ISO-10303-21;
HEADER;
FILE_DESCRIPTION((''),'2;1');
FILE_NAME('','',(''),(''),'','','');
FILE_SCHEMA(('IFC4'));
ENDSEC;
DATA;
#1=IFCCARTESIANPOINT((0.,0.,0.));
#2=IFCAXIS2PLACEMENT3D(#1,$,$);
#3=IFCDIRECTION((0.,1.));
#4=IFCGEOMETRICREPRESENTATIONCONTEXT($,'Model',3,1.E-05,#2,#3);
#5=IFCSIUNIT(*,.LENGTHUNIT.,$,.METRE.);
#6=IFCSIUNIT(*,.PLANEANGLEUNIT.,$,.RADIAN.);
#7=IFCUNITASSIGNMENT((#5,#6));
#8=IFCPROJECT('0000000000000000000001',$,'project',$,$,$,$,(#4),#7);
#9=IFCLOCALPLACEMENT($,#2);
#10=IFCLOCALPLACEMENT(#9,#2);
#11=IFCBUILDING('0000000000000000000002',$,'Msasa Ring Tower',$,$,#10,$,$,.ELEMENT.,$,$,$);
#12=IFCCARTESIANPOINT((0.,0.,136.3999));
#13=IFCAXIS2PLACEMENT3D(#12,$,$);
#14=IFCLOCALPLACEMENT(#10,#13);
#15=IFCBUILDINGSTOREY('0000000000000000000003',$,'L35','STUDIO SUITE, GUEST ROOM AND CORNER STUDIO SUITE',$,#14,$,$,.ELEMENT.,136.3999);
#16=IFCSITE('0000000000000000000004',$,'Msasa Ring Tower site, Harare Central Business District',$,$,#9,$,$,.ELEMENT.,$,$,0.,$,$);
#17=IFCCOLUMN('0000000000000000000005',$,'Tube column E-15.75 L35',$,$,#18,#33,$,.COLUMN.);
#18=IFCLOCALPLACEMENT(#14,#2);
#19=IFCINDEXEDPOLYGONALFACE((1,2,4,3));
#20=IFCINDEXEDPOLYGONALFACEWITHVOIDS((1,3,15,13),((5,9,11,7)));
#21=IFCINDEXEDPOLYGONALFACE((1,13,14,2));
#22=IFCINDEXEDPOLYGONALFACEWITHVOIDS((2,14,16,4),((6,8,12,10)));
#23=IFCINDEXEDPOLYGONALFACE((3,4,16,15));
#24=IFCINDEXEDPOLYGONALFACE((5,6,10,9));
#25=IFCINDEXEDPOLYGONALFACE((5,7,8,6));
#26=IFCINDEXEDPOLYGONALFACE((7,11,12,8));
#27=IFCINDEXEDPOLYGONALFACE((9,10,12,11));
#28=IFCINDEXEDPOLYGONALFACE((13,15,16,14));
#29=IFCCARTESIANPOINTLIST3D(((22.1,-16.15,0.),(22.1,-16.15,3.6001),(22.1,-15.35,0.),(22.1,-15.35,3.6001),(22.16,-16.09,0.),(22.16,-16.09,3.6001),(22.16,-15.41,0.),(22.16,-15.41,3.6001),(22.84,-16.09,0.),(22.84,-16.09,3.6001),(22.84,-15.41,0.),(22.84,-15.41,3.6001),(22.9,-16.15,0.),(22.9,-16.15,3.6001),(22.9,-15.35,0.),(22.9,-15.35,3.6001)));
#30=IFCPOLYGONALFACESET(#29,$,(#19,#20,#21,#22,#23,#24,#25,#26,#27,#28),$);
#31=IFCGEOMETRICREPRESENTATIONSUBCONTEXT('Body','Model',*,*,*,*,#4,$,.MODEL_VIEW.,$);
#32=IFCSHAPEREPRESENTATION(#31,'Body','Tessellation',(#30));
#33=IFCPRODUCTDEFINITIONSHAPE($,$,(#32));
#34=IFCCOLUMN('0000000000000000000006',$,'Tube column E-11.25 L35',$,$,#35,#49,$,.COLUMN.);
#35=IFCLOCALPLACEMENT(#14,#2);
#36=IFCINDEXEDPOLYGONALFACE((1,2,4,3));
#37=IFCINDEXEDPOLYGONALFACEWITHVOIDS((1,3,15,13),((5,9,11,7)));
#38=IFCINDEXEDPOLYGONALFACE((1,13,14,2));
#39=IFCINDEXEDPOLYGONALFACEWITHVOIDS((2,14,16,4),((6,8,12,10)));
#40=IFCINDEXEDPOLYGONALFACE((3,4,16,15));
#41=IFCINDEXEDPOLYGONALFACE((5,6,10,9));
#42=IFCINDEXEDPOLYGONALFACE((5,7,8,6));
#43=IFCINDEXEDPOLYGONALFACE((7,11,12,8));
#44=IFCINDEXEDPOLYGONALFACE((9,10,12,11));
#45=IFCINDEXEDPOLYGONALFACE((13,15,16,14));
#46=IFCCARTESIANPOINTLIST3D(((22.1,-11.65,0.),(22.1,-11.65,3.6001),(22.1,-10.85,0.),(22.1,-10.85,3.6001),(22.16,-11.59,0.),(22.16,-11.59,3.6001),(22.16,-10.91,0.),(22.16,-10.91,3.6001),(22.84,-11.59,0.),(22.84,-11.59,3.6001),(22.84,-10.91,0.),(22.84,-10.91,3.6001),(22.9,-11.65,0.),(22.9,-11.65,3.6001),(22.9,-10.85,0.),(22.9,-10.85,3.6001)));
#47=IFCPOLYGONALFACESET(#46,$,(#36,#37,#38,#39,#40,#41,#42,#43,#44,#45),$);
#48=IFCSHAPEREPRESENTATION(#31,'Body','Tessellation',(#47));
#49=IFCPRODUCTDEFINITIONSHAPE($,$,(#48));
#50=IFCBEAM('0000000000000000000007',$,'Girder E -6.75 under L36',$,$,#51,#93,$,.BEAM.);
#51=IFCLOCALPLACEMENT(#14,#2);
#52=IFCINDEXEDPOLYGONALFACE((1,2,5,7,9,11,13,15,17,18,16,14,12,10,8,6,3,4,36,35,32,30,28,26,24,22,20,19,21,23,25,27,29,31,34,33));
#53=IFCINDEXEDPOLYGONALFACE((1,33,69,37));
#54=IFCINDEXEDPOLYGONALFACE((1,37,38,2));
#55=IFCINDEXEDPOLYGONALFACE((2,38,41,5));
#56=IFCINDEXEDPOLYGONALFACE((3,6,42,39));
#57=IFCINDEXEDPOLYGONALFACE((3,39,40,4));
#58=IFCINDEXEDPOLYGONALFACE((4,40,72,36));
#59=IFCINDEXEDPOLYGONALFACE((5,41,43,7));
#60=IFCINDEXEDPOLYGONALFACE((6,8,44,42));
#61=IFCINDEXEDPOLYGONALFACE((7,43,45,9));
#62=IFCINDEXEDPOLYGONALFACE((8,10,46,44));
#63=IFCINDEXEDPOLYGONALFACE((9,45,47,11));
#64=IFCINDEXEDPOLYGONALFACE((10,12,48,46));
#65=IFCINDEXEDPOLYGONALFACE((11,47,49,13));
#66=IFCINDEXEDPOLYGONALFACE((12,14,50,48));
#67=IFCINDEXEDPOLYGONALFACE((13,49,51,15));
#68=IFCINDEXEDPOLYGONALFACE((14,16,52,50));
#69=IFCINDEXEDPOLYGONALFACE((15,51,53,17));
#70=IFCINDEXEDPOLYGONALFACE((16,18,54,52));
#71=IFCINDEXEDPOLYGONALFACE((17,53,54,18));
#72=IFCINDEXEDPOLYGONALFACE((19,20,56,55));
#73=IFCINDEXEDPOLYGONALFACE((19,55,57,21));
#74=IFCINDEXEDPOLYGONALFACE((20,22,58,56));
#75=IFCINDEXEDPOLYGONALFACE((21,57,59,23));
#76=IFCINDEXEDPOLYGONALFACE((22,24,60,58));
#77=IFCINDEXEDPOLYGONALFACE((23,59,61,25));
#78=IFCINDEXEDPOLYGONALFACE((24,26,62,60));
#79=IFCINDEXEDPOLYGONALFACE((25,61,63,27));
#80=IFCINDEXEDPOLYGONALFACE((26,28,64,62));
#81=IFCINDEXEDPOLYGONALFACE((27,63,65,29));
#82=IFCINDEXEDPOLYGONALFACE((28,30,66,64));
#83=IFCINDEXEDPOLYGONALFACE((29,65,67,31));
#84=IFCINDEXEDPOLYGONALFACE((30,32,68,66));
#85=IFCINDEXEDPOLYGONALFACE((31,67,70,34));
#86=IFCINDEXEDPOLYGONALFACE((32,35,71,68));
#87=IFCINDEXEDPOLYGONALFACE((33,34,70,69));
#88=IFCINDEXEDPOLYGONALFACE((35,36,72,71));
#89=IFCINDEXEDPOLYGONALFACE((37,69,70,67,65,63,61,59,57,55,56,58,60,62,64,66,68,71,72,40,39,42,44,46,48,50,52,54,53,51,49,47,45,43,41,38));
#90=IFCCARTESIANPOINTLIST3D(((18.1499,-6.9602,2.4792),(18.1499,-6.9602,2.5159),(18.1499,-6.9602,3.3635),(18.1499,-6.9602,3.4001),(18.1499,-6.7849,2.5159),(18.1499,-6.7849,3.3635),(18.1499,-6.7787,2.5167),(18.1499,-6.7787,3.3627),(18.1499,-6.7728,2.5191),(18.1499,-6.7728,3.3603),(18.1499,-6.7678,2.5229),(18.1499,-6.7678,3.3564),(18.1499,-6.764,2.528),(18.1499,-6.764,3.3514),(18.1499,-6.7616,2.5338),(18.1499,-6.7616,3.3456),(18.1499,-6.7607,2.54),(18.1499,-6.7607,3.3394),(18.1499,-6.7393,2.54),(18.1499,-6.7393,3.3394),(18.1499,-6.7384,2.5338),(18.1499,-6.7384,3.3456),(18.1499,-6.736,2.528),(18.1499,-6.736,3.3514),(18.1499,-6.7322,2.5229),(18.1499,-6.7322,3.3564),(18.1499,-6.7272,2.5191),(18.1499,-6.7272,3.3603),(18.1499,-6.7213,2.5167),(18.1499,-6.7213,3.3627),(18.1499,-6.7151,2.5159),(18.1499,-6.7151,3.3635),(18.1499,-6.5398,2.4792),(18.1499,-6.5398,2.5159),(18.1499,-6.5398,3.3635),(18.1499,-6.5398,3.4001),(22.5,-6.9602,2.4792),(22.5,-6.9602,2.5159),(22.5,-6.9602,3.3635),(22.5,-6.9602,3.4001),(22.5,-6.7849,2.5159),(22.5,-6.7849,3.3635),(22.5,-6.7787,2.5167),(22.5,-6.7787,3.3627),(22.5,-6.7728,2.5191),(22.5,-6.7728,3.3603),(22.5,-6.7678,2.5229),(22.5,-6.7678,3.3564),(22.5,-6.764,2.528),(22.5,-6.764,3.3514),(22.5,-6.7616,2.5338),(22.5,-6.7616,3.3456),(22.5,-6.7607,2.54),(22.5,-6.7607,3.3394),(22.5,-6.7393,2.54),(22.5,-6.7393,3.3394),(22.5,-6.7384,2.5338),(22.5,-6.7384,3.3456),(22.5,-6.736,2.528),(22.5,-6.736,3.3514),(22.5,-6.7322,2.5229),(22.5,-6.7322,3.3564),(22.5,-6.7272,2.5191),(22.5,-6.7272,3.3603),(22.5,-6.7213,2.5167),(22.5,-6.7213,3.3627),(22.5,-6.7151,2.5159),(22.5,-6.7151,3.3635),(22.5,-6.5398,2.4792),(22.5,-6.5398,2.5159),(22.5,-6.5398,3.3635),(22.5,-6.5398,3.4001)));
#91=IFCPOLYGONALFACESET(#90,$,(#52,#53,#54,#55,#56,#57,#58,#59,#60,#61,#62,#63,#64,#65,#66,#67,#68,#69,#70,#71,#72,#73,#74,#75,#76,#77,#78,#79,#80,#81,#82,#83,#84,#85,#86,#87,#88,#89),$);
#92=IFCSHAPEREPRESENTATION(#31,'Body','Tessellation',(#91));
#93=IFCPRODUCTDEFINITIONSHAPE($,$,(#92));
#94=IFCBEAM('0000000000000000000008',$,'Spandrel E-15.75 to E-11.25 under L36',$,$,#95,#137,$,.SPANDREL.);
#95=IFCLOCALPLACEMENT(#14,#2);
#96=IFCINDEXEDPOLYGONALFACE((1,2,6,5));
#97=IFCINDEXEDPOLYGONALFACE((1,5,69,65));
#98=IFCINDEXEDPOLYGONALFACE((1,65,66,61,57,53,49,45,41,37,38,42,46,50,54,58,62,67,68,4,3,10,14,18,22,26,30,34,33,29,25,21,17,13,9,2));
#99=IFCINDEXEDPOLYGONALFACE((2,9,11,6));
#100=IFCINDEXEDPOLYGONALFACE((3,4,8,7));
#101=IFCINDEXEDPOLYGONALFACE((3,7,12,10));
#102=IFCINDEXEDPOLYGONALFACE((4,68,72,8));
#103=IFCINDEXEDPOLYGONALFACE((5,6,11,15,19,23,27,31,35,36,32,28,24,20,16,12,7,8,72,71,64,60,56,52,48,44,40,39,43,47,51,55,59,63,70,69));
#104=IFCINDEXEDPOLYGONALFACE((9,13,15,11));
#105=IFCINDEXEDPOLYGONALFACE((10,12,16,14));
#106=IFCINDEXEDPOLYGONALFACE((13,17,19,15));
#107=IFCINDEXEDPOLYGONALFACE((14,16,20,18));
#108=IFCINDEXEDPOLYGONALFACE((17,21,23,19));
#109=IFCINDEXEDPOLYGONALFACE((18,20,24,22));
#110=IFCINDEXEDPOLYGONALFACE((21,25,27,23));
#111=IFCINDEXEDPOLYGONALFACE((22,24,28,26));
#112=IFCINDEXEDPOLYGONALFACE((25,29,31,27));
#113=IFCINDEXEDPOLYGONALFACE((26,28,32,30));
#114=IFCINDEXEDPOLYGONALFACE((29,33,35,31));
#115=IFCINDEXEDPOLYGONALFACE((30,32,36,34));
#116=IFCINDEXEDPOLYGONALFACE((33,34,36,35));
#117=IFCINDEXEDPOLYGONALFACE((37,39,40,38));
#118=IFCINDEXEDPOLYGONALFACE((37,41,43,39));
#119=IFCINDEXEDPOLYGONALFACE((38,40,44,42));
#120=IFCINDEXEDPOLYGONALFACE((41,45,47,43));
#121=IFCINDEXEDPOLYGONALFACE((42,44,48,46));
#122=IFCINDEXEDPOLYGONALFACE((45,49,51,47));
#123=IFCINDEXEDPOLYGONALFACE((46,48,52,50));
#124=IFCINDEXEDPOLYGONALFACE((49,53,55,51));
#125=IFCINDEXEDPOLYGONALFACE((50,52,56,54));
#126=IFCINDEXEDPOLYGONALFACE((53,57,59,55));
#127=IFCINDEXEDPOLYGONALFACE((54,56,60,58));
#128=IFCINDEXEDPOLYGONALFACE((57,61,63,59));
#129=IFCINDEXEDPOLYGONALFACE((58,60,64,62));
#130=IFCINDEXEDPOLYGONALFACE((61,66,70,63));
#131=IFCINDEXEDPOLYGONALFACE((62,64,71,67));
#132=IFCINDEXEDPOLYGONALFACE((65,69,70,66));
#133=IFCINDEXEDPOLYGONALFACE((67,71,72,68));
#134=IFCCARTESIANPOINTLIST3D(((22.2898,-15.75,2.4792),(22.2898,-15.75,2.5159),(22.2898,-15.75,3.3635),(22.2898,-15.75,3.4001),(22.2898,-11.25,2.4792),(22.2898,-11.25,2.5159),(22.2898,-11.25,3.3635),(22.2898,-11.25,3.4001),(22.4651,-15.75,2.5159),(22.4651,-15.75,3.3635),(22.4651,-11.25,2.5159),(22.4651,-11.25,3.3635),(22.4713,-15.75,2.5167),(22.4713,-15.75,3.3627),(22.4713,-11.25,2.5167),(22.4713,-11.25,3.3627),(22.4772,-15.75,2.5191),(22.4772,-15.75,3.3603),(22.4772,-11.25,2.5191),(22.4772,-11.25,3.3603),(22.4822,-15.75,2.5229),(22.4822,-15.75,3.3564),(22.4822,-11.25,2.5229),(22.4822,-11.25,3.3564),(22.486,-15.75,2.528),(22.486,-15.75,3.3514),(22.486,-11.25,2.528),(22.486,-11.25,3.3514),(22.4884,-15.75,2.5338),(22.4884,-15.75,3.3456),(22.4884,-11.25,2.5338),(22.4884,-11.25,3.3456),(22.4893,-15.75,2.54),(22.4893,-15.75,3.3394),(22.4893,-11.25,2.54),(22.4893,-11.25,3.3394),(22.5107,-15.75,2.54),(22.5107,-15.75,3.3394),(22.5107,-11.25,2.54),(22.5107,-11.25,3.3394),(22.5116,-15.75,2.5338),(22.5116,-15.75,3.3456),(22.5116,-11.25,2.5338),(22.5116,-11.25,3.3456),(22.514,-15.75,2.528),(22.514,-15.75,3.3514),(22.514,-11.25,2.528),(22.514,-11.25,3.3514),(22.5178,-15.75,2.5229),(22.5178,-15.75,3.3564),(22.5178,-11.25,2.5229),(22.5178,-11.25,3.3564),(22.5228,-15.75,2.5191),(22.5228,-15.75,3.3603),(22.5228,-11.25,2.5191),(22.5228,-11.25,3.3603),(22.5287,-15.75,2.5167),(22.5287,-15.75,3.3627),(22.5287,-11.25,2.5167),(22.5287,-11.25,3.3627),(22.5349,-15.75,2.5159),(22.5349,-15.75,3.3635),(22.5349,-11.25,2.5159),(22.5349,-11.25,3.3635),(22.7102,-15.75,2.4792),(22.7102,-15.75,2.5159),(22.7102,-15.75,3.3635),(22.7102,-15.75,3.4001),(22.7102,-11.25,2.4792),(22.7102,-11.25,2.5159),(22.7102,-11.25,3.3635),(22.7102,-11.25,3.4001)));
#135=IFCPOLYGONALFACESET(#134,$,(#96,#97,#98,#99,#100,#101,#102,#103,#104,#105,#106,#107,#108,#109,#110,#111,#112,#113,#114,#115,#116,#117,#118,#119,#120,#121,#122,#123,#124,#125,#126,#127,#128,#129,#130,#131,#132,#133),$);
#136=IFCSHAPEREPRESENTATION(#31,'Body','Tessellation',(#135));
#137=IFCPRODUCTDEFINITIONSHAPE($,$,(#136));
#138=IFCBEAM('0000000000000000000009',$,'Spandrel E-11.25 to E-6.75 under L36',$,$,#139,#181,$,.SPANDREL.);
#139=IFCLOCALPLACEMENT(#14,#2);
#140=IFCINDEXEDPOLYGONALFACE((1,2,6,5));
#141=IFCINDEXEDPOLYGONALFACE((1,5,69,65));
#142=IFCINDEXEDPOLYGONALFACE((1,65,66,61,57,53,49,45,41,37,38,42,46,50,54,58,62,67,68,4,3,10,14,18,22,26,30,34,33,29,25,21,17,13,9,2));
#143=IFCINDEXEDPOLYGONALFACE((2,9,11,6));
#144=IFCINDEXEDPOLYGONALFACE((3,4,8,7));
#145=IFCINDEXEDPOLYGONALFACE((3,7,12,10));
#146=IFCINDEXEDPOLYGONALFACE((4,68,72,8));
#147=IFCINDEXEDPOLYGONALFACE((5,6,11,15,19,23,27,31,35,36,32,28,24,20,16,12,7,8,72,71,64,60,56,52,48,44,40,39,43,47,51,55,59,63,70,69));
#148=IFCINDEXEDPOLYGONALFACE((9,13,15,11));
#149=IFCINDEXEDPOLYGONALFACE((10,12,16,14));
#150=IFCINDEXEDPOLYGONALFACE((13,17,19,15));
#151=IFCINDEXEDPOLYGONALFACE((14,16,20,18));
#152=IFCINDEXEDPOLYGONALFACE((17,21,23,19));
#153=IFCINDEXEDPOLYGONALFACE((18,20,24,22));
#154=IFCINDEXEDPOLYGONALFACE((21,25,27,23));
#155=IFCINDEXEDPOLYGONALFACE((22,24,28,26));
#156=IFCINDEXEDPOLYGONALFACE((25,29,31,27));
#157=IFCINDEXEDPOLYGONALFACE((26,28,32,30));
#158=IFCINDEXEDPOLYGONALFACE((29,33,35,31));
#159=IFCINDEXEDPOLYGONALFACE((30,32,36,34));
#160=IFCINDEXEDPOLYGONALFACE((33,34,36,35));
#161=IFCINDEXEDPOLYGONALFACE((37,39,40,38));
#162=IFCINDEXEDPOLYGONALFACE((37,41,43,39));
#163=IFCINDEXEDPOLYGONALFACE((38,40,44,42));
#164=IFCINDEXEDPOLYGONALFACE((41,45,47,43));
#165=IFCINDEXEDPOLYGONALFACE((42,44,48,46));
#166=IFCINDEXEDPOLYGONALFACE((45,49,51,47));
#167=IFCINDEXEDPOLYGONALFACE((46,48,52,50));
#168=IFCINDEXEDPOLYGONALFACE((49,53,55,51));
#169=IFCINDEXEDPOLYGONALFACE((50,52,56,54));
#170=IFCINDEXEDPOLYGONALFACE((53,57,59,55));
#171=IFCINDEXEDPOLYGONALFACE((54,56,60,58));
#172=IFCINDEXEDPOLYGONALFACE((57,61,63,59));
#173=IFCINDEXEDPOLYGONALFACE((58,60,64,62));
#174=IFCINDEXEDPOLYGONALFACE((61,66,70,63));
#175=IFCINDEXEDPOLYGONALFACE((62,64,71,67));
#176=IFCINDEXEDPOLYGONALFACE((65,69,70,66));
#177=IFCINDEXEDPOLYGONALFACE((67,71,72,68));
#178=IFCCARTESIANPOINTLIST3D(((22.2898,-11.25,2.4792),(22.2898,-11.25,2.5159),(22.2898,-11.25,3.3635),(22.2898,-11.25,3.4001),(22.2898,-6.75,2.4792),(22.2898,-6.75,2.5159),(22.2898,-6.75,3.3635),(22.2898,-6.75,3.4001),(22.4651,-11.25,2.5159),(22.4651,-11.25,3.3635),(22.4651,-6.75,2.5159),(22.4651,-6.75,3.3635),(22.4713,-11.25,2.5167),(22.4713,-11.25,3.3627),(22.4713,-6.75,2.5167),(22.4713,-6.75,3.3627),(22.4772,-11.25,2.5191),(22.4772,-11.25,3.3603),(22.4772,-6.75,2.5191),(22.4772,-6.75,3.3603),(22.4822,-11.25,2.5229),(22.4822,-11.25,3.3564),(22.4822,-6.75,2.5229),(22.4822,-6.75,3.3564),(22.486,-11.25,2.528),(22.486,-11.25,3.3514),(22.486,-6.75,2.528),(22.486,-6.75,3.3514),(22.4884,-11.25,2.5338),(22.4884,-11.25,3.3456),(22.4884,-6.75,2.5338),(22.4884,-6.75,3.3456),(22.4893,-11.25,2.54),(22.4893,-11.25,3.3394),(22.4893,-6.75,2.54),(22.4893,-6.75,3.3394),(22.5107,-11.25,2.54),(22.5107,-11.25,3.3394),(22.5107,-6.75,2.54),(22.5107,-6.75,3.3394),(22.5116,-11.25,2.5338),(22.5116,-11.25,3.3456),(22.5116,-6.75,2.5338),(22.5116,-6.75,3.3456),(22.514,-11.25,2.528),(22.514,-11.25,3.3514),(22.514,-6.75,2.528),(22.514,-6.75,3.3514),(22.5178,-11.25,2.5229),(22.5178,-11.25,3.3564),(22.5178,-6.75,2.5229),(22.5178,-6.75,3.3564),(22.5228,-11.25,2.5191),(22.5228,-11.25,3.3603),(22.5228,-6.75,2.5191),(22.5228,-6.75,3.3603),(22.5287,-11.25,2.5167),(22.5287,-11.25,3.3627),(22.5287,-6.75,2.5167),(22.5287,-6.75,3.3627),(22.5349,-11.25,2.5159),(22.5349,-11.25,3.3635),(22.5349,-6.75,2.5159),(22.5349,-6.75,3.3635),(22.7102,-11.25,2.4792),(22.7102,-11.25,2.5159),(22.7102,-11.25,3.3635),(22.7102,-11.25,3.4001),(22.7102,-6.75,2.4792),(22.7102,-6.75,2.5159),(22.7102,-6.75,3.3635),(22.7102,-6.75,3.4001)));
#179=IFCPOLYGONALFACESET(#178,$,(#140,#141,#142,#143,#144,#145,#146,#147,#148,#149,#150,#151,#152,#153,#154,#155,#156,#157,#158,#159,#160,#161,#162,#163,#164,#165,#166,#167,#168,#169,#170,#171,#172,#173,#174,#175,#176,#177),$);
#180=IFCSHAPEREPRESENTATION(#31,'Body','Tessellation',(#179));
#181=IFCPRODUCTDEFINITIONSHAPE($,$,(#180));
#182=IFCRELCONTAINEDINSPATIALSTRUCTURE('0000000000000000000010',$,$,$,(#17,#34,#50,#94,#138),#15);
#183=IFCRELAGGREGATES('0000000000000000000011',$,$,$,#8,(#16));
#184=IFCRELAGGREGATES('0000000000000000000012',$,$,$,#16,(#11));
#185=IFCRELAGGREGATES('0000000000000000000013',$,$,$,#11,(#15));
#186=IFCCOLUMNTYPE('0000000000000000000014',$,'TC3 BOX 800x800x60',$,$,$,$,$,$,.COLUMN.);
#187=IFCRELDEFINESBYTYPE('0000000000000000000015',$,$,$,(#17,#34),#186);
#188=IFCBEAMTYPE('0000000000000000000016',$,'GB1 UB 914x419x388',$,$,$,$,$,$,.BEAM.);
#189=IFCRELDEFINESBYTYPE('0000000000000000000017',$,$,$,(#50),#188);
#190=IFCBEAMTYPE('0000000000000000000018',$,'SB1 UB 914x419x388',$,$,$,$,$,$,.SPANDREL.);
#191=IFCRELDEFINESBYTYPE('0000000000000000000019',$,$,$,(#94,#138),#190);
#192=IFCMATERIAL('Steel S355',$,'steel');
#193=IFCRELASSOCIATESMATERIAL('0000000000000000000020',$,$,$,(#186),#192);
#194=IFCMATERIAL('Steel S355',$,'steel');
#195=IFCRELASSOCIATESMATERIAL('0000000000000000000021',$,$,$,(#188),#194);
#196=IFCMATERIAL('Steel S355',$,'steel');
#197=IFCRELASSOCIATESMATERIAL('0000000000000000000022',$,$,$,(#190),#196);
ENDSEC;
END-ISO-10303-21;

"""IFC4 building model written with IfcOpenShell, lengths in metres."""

from ifc_helpers import new_model, si_unit, direction, frame, origin, origin_2d, place, context, subcontext, project, spatial, hollow_rectangle, i_section, extrude, material, material_profile, profile_set, type_object, element, save


model = new_model("IFC4")

# Units and contexts
model_context = context("Model", 3, precision=1e-05, world=origin(), true_north=direction((0.0, 1.0)))
body_context = subcontext(model_context, "Body", "Model", "MODEL_VIEW")
ifc_project = project(units=[si_unit("LENGTHUNIT", "METRE"), si_unit("PLANEANGLEUNIT", "RADIAN")], contexts=[model_context])

# Site, building, storey
site_placement = place(None, origin())
site = spatial("IfcSite", under=ifc_project, at=site_placement, Name="Msasa Ring Tower site, Harare Central Business District", CompositionType="ELEMENT", RefElevation=0.0)
building_placement = place(site_placement, origin())
building = spatial("IfcBuilding", under=site, at=building_placement, Name="Msasa Ring Tower", CompositionType="ELEMENT")
storey_placement = place(building_placement, frame((0.0, 0.0, 136.3999)))
storey = spatial("IfcBuildingStorey", under=building, at=storey_placement, Name="L35", Description="STUDIO SUITE, GUEST ROOM AND CORNER STUDIO SUITE", CompositionType="ELEMENT", Elevation=136.3999)

# Columns
ifc_material_1 = material(Name="Steel S355", Category="steel")
ifc_material_profile_1 = material_profile(ifc_material_1, hollow_rectangle(XDim=0.8, YDim=0.8, WallThickness=0.0601, at=origin_2d()), Name="BOX 800x800x60")
ifc_profile_set_1 = profile_set([ifc_material_profile_1], Name="Steel S355")
column_type = type_object("IfcColumnType", Name="TC3 BOX 800x800x60", PredefinedType="COLUMN", material=ifc_profile_set_1)
for number, where, z_axis, x_axis, name in (
    (1, (22.5, -15.75, 0.0), (0.0, 0.0, 1.0), (1.0, 0.0, 0.0), "Tube column E-15.75 L35"),
    (2, (22.5, -11.25, 0.0), (0.0, 0.0, 1.0), (1.0, 0.0, 0.0), "Tube column E-11.25 L35"),
):
    element("IfcColumn", number, at=place(storey_placement, frame(where, z_axis=z_axis, x_axis=x_axis)), inside=storey, type_object=column_type, Name=name, PredefinedType="COLUMN", context=body_context, shape_type="SweptSolid", body=[
        extrude(hollow_rectangle(XDim=0.8, YDim=0.8, WallThickness=0.0601, at=origin_2d()), origin(), (0.0, 0.0, 1.0), 3.6001),
    ])

# Beams
ifc_material_2 = material(Name="Steel S355", Category="steel")
ifc_material_profile_2 = material_profile(ifc_material_2, i_section(OverallWidth=0.4204, OverallDepth=0.9209, WebThickness=0.0215, FlangeThickness=0.0366, FilletRadius=0.0242, at=origin_2d()), Name="UB 914x419x388")
ifc_profile_set_2 = profile_set([ifc_material_profile_2], Name="Steel S355")
beam_type_1 = type_object("IfcBeamType", Name="GB1 UB 914x419x388", PredefinedType="BEAM", material=ifc_profile_set_2)
beam_placement = place(storey_placement, frame((18.1499, -6.75, 2.9397), z_axis=(1.0, 0.0, 0.0), x_axis=(0.0, 1.0, 0.0)))
element("IfcBeam", 3, at=beam_placement, inside=storey, type_object=beam_type_1, Name="Girder E -6.75 under L36", PredefinedType="BEAM", context=body_context, shape_type="SweptSolid", body=[
    extrude(i_section(OverallWidth=0.4204, OverallDepth=0.9209, WebThickness=0.0215, FlangeThickness=0.0366, FilletRadius=0.0242, at=origin_2d()), origin(), (0.0, 0.0, 1.0), 4.3501),
])
ifc_material_3 = material(Name="Steel S355", Category="steel")
ifc_material_profile_3 = material_profile(ifc_material_3, i_section(OverallWidth=0.4204, OverallDepth=0.9209, WebThickness=0.0215, FlangeThickness=0.0366, FilletRadius=0.0242, at=origin_2d()), Name="UB 914x419x388")
ifc_profile_set_3 = profile_set([ifc_material_profile_3], Name="Steel S355")
beam_type_2 = type_object("IfcBeamType", Name="SB1 UB 914x419x388", PredefinedType="SPANDREL", material=ifc_profile_set_3)
for number, where, z_axis, x_axis, name in (
    (4, (22.5, -15.75, 2.9397), (0.0, 1.0, 0.0), (-1.0, 0.0, 0.0), "Spandrel E-15.75 to E-11.25 under L36"),
    (5, (22.5, -11.25, 2.9397), (0.0, 1.0, 0.0), (-1.0, 0.0, 0.0), "Spandrel E-11.25 to E-6.75 under L36"),
):
    element("IfcBeam", number, at=place(storey_placement, frame(where, z_axis=z_axis, x_axis=x_axis)), inside=storey, type_object=beam_type_2, Name=name, PredefinedType="SPANDREL", context=body_context, shape_type="SweptSolid", body=[
        extrude(i_section(OverallWidth=0.4204, OverallDepth=0.9209, WebThickness=0.0215, FlangeThickness=0.0366, FilletRadius=0.0242, at=origin_2d()), origin(), (0.0, 0.0, 1.0), 4.5),
    ])

save(model, "model.ifc")
